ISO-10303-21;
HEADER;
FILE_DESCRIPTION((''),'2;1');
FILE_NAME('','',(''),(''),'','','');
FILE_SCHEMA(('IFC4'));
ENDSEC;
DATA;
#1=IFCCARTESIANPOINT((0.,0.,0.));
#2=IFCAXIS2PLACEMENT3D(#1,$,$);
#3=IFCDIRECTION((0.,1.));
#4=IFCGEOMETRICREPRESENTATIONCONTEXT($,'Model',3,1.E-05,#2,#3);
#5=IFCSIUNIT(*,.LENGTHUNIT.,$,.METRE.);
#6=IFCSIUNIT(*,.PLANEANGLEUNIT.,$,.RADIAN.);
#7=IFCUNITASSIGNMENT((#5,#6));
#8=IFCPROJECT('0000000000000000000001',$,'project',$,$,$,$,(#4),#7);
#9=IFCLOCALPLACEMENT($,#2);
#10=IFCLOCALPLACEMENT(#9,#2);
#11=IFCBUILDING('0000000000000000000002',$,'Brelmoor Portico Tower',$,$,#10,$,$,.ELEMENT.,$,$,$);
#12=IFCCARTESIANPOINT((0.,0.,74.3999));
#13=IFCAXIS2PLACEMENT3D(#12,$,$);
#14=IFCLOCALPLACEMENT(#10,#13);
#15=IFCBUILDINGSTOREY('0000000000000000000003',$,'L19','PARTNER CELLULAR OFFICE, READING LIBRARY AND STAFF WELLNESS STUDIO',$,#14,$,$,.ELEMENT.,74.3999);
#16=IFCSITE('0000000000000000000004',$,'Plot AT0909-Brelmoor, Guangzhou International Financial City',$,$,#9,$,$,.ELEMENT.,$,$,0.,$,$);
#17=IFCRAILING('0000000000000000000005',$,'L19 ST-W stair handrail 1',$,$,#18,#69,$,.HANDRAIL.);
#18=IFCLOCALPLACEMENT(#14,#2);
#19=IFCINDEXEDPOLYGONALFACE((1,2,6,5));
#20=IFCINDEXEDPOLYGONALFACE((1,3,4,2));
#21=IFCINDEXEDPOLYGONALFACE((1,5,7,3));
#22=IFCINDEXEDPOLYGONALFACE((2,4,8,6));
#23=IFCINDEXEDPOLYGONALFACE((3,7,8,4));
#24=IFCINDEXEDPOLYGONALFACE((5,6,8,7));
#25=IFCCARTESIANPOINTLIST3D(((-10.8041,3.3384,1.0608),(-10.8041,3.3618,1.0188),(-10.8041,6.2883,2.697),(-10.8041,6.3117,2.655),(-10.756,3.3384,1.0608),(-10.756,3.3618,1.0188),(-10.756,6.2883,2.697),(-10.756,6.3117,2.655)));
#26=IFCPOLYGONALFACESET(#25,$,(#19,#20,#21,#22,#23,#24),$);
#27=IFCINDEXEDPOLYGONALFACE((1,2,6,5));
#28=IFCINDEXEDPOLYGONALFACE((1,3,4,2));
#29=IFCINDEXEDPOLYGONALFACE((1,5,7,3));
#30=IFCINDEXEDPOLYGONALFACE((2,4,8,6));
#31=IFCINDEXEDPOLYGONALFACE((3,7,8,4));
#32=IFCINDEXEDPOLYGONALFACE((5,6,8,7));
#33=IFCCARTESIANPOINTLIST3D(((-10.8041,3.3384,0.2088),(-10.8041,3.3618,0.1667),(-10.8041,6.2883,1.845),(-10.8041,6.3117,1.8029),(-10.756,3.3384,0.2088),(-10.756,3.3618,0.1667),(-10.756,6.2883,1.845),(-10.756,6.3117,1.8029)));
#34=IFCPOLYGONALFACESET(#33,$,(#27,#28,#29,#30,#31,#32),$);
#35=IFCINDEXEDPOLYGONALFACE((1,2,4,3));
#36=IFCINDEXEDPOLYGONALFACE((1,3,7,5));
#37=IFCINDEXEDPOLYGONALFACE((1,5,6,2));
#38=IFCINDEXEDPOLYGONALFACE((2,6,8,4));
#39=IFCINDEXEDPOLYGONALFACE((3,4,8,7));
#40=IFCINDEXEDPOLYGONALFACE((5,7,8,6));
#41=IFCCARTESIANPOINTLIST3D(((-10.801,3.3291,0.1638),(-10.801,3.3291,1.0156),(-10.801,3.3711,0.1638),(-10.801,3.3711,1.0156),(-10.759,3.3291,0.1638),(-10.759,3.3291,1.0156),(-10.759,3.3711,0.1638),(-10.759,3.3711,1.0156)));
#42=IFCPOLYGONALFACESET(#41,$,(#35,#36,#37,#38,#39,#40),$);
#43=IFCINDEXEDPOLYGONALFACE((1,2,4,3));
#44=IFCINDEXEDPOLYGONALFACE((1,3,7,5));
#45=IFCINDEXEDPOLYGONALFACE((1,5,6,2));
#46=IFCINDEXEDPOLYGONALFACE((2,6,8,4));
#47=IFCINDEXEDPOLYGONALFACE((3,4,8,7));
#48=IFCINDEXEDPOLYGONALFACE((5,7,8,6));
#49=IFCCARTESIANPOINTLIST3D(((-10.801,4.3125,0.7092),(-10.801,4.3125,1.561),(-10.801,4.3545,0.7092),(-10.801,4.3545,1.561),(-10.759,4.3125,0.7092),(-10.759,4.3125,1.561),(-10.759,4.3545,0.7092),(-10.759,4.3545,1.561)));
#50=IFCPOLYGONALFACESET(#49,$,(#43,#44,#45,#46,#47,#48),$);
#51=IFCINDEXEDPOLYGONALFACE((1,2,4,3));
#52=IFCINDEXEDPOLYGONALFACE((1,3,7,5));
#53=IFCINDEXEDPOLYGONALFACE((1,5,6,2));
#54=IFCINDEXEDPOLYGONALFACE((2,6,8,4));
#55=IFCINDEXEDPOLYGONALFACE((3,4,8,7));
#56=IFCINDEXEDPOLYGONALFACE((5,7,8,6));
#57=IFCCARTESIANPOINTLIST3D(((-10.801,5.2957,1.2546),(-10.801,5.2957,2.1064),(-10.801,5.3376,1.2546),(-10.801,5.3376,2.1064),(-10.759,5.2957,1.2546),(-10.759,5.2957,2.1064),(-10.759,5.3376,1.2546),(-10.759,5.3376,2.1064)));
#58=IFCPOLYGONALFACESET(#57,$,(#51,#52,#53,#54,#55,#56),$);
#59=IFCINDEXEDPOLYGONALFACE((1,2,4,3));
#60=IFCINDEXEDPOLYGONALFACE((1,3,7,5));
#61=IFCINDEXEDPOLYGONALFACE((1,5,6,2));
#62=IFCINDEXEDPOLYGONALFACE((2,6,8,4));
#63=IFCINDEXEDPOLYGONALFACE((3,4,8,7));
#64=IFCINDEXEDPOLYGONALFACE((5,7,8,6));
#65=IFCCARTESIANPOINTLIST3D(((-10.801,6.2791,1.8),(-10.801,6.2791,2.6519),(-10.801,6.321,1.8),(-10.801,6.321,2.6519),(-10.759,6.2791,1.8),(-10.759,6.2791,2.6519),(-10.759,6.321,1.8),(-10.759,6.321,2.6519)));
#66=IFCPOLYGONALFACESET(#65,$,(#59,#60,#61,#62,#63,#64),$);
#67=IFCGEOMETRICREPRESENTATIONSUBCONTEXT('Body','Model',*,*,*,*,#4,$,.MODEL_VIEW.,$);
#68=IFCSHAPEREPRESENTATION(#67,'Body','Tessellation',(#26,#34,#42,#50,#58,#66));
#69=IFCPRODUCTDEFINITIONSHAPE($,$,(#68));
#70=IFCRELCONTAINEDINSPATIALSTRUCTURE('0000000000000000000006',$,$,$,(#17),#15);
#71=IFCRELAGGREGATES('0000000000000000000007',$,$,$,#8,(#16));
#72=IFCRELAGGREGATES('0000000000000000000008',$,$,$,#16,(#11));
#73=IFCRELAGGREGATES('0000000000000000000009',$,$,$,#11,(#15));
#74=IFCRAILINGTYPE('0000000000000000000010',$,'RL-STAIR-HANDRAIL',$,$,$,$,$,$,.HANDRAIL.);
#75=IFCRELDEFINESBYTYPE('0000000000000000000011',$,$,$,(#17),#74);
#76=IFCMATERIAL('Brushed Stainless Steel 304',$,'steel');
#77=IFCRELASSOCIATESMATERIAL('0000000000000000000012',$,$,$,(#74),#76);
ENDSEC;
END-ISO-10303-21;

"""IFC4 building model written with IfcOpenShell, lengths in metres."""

from ifc_helpers import new_model, si_unit, direction, frame, origin, origin_2d, place, context, subcontext, project, spatial, rectangle, extrude, material, type_object, element, save


model = new_model("IFC4")

# Units and contexts
model_context = context("Model", 3, precision=1e-05, world=origin(), true_north=direction((0.0, 1.0)))
body_context = subcontext(model_context, "Body", "Model", "MODEL_VIEW")
ifc_project = project(units=[si_unit("LENGTHUNIT", "METRE"), si_unit("PLANEANGLEUNIT", "RADIAN")], contexts=[model_context])

# Site, building, storey
site_placement = place(None, origin())
site = spatial("IfcSite", under=ifc_project, at=site_placement, Name="Plot AT0909-Brelmoor, Guangzhou International Financial City", CompositionType="ELEMENT", RefElevation=0.0)
building_placement = place(site_placement, origin())
building = spatial("IfcBuilding", under=site, at=building_placement, Name="Brelmoor Portico Tower", CompositionType="ELEMENT")
storey_placement = place(building_placement, frame((0.0, 0.0, 74.3999)))
storey = spatial("IfcBuildingStorey", under=building, at=storey_placement, Name="L19", Description="PARTNER CELLULAR OFFICE, READING LIBRARY AND STAFF WELLNESS STUDIO", CompositionType="ELEMENT", Elevation=74.3999)

# Railing
ifc_material_1 = material(Name="Brushed Stainless Steel 304", Category="steel")
railing_type = type_object("IfcRailingType", Name="RL-STAIR-HANDRAIL", PredefinedType="HANDRAIL", material=ifc_material_1)
railing_placement = place(storey_placement, frame((-10.78, 3.3501, 0.1638)))
element("IfcRailing", 1, at=railing_placement, inside=storey, type_object=railing_type, Name="L19 ST-W stair handrail 1", PredefinedType="HANDRAIL", context=body_context, shape_type="SweptSolid", body=[
    extrude(rectangle(XDim=0.0481, YDim=0.0481, at=origin_2d()), frame((0.0, 0.0, 0.876), z_axis=(0.0, 0.874488, 0.485047), x_axis=(-1.0, 0.0, 0.0)), (0.0, 0.0, 1.0), 3.3733),
    extrude(rectangle(XDim=0.0481, YDim=0.0481, at=origin_2d()), frame((0.0, 0.0, 0.0239), z_axis=(0.0, 0.874488, 0.485047), x_axis=(-1.0, 0.0, 0.0)), (0.0, 0.0, 1.0), 3.3733),
    extrude(rectangle(XDim=0.042, YDim=0.042, at=origin_2d()), origin(), (0.0, 0.0, 1.0), 0.8518),
    extrude(rectangle(XDim=0.042, YDim=0.042, at=origin_2d()), frame((0.0, 0.9834, 0.5454)), (0.0, 0.0, 1.0), 0.8518),
    extrude(rectangle(XDim=0.042, YDim=0.042, at=origin_2d()), frame((0.0, 1.9666, 1.0908)), (0.0, 0.0, 1.0), 0.8518),
    extrude(rectangle(XDim=0.042, YDim=0.042, at=origin_2d()), frame((0.0, 2.95, 1.6362)), (0.0, 0.0, 1.0), 0.8518),
])

save(model, "model.ifc")
